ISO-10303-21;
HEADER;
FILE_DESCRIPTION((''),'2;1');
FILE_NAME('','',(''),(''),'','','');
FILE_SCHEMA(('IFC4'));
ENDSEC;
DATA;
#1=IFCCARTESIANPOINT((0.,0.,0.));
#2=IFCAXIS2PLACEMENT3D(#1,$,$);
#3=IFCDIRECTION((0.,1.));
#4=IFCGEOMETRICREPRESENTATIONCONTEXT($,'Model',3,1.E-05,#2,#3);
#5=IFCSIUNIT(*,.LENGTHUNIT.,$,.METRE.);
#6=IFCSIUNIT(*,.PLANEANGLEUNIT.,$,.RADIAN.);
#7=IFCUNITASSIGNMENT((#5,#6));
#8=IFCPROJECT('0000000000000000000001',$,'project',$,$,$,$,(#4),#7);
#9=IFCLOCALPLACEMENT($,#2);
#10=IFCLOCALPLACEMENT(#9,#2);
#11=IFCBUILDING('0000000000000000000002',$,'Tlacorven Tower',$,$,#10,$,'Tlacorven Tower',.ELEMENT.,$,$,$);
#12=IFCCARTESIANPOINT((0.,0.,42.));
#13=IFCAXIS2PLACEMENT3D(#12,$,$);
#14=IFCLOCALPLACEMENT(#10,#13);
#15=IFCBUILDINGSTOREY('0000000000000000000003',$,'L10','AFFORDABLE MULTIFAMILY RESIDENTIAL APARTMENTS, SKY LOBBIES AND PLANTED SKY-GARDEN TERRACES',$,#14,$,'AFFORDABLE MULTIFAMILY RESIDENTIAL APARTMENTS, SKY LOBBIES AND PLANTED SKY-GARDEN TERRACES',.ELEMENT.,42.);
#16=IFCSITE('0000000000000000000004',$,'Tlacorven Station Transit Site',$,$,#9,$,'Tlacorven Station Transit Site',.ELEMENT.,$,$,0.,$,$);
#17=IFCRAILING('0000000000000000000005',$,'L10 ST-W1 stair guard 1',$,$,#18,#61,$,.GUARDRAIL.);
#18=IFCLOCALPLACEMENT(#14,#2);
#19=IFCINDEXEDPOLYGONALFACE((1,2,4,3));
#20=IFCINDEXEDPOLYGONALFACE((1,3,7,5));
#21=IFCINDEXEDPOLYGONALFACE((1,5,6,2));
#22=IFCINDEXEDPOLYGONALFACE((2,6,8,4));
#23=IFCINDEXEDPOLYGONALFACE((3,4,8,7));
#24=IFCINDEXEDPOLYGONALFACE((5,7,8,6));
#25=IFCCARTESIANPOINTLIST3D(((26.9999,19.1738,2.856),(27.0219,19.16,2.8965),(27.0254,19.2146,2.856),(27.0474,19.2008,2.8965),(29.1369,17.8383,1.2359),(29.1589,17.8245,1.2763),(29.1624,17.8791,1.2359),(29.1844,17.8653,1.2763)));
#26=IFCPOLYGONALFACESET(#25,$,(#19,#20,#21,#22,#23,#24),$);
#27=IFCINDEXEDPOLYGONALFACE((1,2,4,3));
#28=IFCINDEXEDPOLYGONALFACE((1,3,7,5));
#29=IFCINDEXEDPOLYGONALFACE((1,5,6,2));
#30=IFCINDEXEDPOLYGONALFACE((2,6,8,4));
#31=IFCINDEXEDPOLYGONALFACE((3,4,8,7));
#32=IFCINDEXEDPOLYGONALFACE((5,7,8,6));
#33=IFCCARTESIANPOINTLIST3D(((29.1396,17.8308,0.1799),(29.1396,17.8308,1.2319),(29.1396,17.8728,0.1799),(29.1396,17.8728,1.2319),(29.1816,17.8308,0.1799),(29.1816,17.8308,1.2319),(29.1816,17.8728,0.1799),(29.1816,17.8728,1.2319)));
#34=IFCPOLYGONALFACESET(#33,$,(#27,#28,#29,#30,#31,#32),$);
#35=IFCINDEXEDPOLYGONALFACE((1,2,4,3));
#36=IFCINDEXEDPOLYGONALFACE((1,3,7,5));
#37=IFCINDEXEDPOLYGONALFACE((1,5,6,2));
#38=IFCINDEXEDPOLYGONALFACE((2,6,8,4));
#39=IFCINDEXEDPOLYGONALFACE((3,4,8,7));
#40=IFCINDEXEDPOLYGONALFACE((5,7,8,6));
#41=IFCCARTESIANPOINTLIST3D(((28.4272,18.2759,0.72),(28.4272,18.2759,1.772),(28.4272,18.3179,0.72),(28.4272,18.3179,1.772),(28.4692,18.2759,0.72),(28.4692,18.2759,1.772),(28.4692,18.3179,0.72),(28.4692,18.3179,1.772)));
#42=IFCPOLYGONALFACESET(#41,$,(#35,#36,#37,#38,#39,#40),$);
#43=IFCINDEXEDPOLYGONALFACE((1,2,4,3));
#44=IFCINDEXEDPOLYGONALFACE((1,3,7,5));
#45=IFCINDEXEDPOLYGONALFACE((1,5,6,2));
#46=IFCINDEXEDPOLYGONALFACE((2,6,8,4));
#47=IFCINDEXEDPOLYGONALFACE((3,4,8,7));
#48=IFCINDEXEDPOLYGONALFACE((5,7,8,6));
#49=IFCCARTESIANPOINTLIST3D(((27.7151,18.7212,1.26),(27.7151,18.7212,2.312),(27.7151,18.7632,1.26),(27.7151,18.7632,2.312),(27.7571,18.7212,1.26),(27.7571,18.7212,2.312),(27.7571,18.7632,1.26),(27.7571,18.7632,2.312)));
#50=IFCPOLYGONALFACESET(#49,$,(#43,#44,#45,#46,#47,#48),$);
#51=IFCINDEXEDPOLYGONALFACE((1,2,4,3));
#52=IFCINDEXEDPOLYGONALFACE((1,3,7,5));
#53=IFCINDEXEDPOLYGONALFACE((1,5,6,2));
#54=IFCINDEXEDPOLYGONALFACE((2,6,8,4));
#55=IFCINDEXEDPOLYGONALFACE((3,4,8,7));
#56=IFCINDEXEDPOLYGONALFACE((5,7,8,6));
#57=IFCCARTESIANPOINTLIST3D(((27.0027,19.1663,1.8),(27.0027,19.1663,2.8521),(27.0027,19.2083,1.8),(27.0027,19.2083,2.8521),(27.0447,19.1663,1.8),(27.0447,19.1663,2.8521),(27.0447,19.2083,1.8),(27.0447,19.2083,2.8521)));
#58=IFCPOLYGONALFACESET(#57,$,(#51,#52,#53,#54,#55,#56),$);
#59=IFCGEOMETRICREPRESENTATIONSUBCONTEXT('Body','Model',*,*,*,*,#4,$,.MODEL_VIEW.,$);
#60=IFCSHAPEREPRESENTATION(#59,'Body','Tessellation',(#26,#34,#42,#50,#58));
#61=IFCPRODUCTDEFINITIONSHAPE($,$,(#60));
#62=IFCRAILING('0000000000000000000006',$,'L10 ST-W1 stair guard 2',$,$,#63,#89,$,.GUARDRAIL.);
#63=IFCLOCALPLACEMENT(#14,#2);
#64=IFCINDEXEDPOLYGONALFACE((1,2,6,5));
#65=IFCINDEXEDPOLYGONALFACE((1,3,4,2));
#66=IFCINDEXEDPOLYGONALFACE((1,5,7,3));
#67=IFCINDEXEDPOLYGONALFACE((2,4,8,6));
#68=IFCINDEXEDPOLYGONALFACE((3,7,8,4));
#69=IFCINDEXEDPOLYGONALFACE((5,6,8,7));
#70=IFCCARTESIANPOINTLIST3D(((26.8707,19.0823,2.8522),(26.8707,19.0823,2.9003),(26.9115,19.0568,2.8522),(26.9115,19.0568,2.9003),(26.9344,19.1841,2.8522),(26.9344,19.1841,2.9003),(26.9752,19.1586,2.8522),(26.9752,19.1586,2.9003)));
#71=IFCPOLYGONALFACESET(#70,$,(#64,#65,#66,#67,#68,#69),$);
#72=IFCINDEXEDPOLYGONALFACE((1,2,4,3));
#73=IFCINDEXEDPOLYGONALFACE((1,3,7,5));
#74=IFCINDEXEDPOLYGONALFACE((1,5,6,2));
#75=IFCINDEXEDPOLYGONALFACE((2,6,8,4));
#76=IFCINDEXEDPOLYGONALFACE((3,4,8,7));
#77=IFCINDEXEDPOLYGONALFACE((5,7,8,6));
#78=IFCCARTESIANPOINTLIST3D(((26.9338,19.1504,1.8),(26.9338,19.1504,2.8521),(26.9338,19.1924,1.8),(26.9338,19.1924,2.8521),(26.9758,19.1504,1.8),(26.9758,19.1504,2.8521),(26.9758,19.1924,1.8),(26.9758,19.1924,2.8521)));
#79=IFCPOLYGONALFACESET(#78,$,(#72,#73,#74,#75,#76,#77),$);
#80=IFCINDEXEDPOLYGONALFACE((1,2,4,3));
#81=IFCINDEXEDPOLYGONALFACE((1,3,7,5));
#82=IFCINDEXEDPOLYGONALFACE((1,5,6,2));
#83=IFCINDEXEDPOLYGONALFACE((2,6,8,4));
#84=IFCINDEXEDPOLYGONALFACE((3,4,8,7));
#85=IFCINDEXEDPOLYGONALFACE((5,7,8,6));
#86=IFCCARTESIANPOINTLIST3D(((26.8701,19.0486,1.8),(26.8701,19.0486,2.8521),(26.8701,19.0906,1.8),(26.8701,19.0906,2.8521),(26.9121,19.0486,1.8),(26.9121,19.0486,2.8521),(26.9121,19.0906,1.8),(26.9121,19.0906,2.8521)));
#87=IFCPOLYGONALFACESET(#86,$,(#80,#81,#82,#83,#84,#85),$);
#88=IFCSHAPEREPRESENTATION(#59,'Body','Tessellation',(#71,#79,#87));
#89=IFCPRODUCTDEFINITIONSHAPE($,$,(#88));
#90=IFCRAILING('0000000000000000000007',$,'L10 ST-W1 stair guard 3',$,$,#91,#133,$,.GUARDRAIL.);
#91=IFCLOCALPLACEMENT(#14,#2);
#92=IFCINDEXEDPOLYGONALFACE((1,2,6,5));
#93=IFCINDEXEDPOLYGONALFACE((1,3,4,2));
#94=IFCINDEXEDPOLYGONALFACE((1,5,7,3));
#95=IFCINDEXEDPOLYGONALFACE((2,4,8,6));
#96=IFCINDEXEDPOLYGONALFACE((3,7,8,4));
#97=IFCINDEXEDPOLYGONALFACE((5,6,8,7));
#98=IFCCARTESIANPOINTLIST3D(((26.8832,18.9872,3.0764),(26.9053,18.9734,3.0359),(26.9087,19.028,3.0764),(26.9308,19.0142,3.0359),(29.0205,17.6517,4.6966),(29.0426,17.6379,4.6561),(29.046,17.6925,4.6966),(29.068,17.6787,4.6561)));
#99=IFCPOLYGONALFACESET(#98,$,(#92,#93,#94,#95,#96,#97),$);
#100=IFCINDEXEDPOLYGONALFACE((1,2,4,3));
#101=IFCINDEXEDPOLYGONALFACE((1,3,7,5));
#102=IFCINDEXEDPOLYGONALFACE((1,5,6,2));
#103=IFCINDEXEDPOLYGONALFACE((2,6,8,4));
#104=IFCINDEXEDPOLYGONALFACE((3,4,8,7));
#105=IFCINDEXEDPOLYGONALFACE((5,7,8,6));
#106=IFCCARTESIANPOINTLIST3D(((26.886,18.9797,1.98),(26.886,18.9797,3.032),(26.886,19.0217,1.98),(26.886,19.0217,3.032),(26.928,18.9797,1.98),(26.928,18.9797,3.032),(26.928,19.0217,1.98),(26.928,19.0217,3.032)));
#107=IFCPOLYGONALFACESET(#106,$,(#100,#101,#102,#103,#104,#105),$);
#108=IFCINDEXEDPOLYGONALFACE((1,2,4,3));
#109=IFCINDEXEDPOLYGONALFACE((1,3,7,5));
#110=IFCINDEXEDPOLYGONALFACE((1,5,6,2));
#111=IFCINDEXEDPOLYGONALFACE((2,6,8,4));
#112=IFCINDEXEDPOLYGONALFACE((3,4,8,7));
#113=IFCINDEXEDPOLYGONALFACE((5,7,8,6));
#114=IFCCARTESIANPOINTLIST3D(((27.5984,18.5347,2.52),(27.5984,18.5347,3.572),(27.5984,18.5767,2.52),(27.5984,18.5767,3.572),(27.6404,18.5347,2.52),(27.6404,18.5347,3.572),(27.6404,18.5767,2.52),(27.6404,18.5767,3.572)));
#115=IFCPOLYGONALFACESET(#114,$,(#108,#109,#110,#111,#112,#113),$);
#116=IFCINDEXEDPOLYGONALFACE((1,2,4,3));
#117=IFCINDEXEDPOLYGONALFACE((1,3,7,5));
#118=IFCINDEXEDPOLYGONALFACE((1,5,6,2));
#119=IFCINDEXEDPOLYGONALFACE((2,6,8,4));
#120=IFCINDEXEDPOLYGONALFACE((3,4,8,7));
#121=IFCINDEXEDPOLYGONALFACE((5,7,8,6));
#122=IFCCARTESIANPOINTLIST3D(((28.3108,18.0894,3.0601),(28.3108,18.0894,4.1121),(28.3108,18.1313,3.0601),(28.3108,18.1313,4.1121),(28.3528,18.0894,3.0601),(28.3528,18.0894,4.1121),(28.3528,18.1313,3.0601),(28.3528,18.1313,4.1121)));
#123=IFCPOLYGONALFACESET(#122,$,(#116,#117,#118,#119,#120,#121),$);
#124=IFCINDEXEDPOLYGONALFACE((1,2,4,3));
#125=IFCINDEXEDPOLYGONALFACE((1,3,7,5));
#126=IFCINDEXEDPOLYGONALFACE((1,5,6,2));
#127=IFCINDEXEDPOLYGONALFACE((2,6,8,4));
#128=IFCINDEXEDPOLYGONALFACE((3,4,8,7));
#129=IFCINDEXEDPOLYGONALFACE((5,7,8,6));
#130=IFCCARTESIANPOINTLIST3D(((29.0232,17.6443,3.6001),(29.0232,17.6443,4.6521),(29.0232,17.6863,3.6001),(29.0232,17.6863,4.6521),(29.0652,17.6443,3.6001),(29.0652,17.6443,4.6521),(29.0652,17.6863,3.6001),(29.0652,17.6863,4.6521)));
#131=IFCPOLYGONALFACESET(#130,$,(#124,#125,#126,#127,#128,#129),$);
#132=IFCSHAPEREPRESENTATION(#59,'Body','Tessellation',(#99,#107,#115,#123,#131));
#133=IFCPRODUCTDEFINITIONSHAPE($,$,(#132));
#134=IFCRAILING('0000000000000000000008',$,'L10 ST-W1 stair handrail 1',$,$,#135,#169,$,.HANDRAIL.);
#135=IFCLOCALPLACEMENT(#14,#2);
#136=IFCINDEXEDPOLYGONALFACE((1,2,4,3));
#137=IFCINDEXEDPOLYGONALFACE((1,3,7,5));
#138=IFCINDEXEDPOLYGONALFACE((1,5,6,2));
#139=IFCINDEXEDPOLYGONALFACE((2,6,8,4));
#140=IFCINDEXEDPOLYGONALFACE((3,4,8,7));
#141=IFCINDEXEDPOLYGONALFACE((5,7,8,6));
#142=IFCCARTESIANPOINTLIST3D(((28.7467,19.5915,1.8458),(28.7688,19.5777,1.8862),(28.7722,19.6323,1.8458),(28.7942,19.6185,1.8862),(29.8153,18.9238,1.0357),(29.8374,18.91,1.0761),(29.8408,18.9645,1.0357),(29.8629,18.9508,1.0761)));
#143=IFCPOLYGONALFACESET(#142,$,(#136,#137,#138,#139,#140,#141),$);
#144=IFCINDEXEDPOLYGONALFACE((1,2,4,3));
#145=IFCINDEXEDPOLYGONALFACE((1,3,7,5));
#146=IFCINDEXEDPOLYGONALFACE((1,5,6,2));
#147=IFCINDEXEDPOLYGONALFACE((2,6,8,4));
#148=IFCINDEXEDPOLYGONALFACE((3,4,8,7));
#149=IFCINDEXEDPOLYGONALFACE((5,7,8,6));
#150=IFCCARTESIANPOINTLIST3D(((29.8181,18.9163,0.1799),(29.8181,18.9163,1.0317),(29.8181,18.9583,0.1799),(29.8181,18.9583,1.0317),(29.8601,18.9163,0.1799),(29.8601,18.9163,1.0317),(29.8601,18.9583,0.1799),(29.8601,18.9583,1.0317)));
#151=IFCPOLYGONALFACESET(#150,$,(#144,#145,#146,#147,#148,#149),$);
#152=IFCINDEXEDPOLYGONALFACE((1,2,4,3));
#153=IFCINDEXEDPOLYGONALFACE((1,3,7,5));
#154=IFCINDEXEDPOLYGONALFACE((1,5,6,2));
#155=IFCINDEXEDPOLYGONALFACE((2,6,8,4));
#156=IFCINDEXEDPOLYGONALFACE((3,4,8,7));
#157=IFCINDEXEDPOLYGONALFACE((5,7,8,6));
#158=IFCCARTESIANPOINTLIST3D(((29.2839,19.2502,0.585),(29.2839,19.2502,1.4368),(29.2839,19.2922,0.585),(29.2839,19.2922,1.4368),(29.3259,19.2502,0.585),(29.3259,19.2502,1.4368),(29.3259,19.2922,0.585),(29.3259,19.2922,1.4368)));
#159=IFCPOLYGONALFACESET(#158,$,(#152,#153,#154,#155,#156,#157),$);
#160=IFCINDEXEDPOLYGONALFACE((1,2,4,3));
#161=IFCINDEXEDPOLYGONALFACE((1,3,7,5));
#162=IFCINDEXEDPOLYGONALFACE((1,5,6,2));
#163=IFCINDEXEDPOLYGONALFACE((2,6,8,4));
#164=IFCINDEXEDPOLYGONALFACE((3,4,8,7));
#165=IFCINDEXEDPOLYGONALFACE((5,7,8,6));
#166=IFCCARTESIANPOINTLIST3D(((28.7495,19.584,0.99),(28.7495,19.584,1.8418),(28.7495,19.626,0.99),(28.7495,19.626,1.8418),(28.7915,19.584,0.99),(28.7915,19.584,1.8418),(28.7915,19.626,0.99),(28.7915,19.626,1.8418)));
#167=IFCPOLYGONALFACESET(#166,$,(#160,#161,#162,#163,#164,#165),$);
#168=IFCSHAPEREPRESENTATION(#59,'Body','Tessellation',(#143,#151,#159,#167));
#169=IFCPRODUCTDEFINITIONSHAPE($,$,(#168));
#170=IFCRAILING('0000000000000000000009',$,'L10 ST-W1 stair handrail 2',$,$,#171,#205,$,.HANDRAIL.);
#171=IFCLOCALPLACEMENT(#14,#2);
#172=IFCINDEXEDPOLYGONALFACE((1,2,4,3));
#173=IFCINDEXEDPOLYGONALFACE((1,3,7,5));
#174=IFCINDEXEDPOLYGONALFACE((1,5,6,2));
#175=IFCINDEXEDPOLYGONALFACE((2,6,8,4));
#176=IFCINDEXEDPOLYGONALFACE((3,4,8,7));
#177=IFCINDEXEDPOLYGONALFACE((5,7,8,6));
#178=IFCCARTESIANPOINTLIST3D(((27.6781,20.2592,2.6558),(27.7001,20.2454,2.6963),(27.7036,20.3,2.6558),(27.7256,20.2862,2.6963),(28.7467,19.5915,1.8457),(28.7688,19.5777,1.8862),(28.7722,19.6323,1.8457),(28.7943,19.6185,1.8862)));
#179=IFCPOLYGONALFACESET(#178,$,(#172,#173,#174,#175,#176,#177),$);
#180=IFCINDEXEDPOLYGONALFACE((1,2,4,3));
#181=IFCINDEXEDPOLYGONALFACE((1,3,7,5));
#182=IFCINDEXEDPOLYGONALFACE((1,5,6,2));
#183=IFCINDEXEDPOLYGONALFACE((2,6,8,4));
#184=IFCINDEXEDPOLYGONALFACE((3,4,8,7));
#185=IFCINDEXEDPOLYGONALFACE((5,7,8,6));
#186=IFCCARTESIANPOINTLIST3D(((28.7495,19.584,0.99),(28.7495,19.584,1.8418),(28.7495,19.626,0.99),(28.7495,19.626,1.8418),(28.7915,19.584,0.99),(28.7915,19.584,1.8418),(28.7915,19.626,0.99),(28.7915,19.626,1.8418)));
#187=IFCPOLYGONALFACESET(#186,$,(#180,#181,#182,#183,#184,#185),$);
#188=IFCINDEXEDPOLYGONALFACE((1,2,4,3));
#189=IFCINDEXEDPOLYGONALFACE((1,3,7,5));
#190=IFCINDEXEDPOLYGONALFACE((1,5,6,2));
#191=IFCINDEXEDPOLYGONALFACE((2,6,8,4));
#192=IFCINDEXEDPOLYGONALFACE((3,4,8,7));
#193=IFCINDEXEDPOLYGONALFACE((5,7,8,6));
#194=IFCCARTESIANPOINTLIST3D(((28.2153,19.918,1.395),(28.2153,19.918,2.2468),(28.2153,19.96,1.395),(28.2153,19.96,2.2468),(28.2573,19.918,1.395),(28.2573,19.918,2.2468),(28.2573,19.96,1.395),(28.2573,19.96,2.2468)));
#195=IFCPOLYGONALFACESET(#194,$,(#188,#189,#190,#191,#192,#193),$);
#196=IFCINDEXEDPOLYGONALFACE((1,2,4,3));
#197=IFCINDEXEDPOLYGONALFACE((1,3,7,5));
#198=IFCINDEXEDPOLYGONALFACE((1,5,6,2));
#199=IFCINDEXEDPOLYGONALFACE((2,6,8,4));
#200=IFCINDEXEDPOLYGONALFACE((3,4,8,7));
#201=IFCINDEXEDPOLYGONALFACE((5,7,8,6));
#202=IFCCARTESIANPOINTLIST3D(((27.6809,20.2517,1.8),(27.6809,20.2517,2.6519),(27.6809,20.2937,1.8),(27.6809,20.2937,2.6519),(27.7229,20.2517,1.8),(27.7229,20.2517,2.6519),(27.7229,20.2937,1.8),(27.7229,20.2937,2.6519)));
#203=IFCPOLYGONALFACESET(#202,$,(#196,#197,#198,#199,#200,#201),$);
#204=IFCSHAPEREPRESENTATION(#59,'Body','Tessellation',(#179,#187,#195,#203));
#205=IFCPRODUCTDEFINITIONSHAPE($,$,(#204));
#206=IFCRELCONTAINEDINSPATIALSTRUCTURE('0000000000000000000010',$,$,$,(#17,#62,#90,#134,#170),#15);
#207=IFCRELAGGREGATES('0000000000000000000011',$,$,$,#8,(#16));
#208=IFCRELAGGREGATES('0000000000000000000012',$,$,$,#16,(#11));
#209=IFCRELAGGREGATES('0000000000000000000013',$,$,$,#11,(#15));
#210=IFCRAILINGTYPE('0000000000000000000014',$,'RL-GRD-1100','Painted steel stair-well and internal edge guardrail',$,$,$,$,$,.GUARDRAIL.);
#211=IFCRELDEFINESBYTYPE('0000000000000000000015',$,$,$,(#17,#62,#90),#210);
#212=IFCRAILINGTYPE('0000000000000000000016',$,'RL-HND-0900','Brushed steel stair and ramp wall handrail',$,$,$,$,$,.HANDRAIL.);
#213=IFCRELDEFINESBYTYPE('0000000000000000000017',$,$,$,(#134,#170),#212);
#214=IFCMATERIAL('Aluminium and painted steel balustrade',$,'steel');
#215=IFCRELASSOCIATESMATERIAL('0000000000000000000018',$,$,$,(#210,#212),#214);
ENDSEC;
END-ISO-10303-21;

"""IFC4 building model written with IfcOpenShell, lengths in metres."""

from ifc_helpers import new_model, si_unit, direction, frame, origin, origin_2d, place, context, subcontext, project, spatial, rectangle, extrude, source, transform, mapped, material, type_object, element, save


model = new_model("IFC4")

# Units and contexts
model_context = context("Model", 3, precision=1e-05, world=origin(), true_north=direction((0.0, 1.0)))
body_context = subcontext(model_context, "Body", "Model", "MODEL_VIEW")
ifc_project = project(units=[si_unit("LENGTHUNIT", "METRE"), si_unit("PLANEANGLEUNIT", "RADIAN")], contexts=[model_context])

# Site, building, storey
site_placement = place(None, origin())
site = spatial("IfcSite", under=ifc_project, at=site_placement, Name="Tlacorven Station Transit Site", LongName="Tlacorven Station Transit Site", CompositionType="ELEMENT", RefElevation=0.0)
building_placement = place(site_placement, origin())
building = spatial("IfcBuilding", under=site, at=building_placement, Name="Tlacorven Tower", LongName="Tlacorven Tower", CompositionType="ELEMENT")
storey_placement = place(building_placement, frame((0.0, 0.0, 42.0)))
storey = spatial("IfcBuildingStorey", under=building, at=storey_placement, Name="L10", Description="AFFORDABLE MULTIFAMILY RESIDENTIAL APARTMENTS, SKY LOBBIES AND PLANTED SKY-GARDEN TERRACES", LongName="AFFORDABLE MULTIFAMILY RESIDENTIAL APARTMENTS, SKY LOBBIES AND PLANTED SKY-GARDEN TERRACES", CompositionType="ELEMENT", Elevation=42.0)

# Railings
ifc_material_1 = material(Name="Aluminium and painted steel balustrade", Category="steel")
railing_type_1 = type_object("IfcRailingType", Name="RL-GRD-1100", Description="Painted steel stair-well and internal edge guardrail", PredefinedType="GUARDRAIL", material=ifc_material_1)
shared_shape_1 = source(origin(), body_context, "Body", "SweptSolid", [
    extrude(rectangle(XDim=0.0481, YDim=0.0481, at=origin_2d()), frame((0.0, 0.0, 1.0762), z_axis=(-0.71332, 0.445774, 0.540796), x_axis=(-0.529955, -0.848026, 0.0)), (0.0, 0.0, 1.0), 2.9958),
    extrude(rectangle(XDim=0.042, YDim=0.042, at=origin_2d()), origin(), (0.0, 0.0, 1.0), 1.052),
    extrude(rectangle(XDim=0.042, YDim=0.042, at=origin_2d()), frame((-0.7124, 0.4451, 0.54)), (0.0, 0.0, 1.0), 1.052),
    extrude(rectangle(XDim=0.042, YDim=0.042, at=origin_2d()), frame((-1.4246, 0.8904, 1.0801)), (0.0, 0.0, 1.0), 1.052),
    extrude(rectangle(XDim=0.042, YDim=0.042, at=origin_2d()), frame((-2.137, 1.3354, 1.6201)), (0.0, 0.0, 1.0), 1.052),
])
railing_1_placement = place(storey_placement, frame((29.1606, 17.8518, 0.1799)))
element("IfcRailing", 1, at=railing_1_placement, inside=storey, type_object=railing_type_1, Name="L10 ST-W1 stair guard 1", PredefinedType="GUARDRAIL", context=body_context, shape_type="MappedRepresentation", body=[
    mapped(shared_shape_1, transform((0.0, 0.0, 0.0), scale=1.0)),
])
shared_shape_2 = source(origin(), body_context, "Body", "SweptSolid", [
    extrude(rectangle(XDim=0.0481, YDim=0.0481, at=origin_2d()), frame((0.0, 0.0, 1.0762), z_axis=(-0.530547, -0.847656, 0.0), x_axis=(0.847656, -0.530547, 0.0)), (0.0, 0.0, 1.0), 0.1201),
    extrude(rectangle(XDim=0.042, YDim=0.042, at=origin_2d()), origin(), (0.0, 0.0, 1.0), 1.052),
    extrude(rectangle(XDim=0.042, YDim=0.042, at=origin_2d()), frame((-0.0637, -0.1018, 0.0)), (0.0, 0.0, 1.0), 1.052),
])
railing_2_placement = place(storey_placement, frame((26.9548, 19.1714, 1.8)))
element("IfcRailing", 2, at=railing_2_placement, inside=storey, type_object=railing_type_1, Name="L10 ST-W1 stair guard 2", PredefinedType="GUARDRAIL", context=body_context, shape_type="MappedRepresentation", body=[
    mapped(shared_shape_2, transform((0.0, 0.0, 0.0), scale=1.0)),
])
shared_shape_3 = source(origin(), body_context, "Body", "SweptSolid", [
    extrude(rectangle(XDim=0.0481, YDim=0.0481, at=origin_2d()), frame((0.0, 0.0, 1.0762), z_axis=(0.71336, -0.445748, 0.540765), x_axis=(0.529912, 0.848053, 0.0)), (0.0, 0.0, 1.0), 2.9961),
    extrude(rectangle(XDim=0.042, YDim=0.042, at=origin_2d()), origin(), (0.0, 0.0, 1.0), 1.052),
    extrude(rectangle(XDim=0.042, YDim=0.042, at=origin_2d()), frame((0.7124, -0.4451, 0.54)), (0.0, 0.0, 1.0), 1.052),
    extrude(rectangle(XDim=0.042, YDim=0.042, at=origin_2d()), frame((1.4248, -0.8904, 1.0801)), (0.0, 0.0, 1.0), 1.052),
    extrude(rectangle(XDim=0.042, YDim=0.042, at=origin_2d()), frame((2.1372, -1.3354, 1.6201)), (0.0, 0.0, 1.0), 1.052),
])
railing_3_placement = place(storey_placement, frame((26.907, 19.0007, 1.98)))
element("IfcRailing", 3, at=railing_3_placement, inside=storey, type_object=railing_type_1, Name="L10 ST-W1 stair guard 3", PredefinedType="GUARDRAIL", context=body_context, shape_type="MappedRepresentation", body=[
    mapped(shared_shape_3, transform((0.0, 0.0, 0.0), scale=1.0)),
])
railing_type_2 = type_object("IfcRailingType", Name="RL-HND-0900", Description="Brushed steel stair and ramp wall handrail", PredefinedType="HANDRAIL", material=ifc_material_1)
shared_shape_4 = source(origin(), body_context, "Body", "SweptSolid", [
    extrude(rectangle(XDim=0.0481, YDim=0.0481, at=origin_2d()), frame((0.0, 0.0, 0.876), z_axis=(-0.71336, 0.445748, 0.540765), x_axis=(-0.529912, -0.848053, 0.0)), (0.0, 0.0, 1.0), 1.498),
    extrude(rectangle(XDim=0.042, YDim=0.042, at=origin_2d()), origin(), (0.0, 0.0, 1.0), 0.8518),
    extrude(rectangle(XDim=0.042, YDim=0.042, at=origin_2d()), frame((-0.5342, 0.334, 0.405)), (0.0, 0.0, 1.0), 0.8518),
    extrude(rectangle(XDim=0.042, YDim=0.042, at=origin_2d()), frame((-1.0686, 0.6677, 0.8101)), (0.0, 0.0, 1.0), 0.8518),
])
for number, where, name in (
    (4, (29.8391, 18.9373, 0.1799), "L10 ST-W1 stair handrail 1"),
    (5, (28.7705, 19.605, 0.99), "L10 ST-W1 stair handrail 2"),
):
    element("IfcRailing", number, at=place(storey_placement, frame(where)), inside=storey, type_object=railing_type_2, Name=name, PredefinedType="HANDRAIL", context=body_context, shape_type="MappedRepresentation", body=[
        mapped(shared_shape_4, transform((0.0, 0.0, 0.0), scale=1.0)),
    ])

save(model, "model.ifc")
